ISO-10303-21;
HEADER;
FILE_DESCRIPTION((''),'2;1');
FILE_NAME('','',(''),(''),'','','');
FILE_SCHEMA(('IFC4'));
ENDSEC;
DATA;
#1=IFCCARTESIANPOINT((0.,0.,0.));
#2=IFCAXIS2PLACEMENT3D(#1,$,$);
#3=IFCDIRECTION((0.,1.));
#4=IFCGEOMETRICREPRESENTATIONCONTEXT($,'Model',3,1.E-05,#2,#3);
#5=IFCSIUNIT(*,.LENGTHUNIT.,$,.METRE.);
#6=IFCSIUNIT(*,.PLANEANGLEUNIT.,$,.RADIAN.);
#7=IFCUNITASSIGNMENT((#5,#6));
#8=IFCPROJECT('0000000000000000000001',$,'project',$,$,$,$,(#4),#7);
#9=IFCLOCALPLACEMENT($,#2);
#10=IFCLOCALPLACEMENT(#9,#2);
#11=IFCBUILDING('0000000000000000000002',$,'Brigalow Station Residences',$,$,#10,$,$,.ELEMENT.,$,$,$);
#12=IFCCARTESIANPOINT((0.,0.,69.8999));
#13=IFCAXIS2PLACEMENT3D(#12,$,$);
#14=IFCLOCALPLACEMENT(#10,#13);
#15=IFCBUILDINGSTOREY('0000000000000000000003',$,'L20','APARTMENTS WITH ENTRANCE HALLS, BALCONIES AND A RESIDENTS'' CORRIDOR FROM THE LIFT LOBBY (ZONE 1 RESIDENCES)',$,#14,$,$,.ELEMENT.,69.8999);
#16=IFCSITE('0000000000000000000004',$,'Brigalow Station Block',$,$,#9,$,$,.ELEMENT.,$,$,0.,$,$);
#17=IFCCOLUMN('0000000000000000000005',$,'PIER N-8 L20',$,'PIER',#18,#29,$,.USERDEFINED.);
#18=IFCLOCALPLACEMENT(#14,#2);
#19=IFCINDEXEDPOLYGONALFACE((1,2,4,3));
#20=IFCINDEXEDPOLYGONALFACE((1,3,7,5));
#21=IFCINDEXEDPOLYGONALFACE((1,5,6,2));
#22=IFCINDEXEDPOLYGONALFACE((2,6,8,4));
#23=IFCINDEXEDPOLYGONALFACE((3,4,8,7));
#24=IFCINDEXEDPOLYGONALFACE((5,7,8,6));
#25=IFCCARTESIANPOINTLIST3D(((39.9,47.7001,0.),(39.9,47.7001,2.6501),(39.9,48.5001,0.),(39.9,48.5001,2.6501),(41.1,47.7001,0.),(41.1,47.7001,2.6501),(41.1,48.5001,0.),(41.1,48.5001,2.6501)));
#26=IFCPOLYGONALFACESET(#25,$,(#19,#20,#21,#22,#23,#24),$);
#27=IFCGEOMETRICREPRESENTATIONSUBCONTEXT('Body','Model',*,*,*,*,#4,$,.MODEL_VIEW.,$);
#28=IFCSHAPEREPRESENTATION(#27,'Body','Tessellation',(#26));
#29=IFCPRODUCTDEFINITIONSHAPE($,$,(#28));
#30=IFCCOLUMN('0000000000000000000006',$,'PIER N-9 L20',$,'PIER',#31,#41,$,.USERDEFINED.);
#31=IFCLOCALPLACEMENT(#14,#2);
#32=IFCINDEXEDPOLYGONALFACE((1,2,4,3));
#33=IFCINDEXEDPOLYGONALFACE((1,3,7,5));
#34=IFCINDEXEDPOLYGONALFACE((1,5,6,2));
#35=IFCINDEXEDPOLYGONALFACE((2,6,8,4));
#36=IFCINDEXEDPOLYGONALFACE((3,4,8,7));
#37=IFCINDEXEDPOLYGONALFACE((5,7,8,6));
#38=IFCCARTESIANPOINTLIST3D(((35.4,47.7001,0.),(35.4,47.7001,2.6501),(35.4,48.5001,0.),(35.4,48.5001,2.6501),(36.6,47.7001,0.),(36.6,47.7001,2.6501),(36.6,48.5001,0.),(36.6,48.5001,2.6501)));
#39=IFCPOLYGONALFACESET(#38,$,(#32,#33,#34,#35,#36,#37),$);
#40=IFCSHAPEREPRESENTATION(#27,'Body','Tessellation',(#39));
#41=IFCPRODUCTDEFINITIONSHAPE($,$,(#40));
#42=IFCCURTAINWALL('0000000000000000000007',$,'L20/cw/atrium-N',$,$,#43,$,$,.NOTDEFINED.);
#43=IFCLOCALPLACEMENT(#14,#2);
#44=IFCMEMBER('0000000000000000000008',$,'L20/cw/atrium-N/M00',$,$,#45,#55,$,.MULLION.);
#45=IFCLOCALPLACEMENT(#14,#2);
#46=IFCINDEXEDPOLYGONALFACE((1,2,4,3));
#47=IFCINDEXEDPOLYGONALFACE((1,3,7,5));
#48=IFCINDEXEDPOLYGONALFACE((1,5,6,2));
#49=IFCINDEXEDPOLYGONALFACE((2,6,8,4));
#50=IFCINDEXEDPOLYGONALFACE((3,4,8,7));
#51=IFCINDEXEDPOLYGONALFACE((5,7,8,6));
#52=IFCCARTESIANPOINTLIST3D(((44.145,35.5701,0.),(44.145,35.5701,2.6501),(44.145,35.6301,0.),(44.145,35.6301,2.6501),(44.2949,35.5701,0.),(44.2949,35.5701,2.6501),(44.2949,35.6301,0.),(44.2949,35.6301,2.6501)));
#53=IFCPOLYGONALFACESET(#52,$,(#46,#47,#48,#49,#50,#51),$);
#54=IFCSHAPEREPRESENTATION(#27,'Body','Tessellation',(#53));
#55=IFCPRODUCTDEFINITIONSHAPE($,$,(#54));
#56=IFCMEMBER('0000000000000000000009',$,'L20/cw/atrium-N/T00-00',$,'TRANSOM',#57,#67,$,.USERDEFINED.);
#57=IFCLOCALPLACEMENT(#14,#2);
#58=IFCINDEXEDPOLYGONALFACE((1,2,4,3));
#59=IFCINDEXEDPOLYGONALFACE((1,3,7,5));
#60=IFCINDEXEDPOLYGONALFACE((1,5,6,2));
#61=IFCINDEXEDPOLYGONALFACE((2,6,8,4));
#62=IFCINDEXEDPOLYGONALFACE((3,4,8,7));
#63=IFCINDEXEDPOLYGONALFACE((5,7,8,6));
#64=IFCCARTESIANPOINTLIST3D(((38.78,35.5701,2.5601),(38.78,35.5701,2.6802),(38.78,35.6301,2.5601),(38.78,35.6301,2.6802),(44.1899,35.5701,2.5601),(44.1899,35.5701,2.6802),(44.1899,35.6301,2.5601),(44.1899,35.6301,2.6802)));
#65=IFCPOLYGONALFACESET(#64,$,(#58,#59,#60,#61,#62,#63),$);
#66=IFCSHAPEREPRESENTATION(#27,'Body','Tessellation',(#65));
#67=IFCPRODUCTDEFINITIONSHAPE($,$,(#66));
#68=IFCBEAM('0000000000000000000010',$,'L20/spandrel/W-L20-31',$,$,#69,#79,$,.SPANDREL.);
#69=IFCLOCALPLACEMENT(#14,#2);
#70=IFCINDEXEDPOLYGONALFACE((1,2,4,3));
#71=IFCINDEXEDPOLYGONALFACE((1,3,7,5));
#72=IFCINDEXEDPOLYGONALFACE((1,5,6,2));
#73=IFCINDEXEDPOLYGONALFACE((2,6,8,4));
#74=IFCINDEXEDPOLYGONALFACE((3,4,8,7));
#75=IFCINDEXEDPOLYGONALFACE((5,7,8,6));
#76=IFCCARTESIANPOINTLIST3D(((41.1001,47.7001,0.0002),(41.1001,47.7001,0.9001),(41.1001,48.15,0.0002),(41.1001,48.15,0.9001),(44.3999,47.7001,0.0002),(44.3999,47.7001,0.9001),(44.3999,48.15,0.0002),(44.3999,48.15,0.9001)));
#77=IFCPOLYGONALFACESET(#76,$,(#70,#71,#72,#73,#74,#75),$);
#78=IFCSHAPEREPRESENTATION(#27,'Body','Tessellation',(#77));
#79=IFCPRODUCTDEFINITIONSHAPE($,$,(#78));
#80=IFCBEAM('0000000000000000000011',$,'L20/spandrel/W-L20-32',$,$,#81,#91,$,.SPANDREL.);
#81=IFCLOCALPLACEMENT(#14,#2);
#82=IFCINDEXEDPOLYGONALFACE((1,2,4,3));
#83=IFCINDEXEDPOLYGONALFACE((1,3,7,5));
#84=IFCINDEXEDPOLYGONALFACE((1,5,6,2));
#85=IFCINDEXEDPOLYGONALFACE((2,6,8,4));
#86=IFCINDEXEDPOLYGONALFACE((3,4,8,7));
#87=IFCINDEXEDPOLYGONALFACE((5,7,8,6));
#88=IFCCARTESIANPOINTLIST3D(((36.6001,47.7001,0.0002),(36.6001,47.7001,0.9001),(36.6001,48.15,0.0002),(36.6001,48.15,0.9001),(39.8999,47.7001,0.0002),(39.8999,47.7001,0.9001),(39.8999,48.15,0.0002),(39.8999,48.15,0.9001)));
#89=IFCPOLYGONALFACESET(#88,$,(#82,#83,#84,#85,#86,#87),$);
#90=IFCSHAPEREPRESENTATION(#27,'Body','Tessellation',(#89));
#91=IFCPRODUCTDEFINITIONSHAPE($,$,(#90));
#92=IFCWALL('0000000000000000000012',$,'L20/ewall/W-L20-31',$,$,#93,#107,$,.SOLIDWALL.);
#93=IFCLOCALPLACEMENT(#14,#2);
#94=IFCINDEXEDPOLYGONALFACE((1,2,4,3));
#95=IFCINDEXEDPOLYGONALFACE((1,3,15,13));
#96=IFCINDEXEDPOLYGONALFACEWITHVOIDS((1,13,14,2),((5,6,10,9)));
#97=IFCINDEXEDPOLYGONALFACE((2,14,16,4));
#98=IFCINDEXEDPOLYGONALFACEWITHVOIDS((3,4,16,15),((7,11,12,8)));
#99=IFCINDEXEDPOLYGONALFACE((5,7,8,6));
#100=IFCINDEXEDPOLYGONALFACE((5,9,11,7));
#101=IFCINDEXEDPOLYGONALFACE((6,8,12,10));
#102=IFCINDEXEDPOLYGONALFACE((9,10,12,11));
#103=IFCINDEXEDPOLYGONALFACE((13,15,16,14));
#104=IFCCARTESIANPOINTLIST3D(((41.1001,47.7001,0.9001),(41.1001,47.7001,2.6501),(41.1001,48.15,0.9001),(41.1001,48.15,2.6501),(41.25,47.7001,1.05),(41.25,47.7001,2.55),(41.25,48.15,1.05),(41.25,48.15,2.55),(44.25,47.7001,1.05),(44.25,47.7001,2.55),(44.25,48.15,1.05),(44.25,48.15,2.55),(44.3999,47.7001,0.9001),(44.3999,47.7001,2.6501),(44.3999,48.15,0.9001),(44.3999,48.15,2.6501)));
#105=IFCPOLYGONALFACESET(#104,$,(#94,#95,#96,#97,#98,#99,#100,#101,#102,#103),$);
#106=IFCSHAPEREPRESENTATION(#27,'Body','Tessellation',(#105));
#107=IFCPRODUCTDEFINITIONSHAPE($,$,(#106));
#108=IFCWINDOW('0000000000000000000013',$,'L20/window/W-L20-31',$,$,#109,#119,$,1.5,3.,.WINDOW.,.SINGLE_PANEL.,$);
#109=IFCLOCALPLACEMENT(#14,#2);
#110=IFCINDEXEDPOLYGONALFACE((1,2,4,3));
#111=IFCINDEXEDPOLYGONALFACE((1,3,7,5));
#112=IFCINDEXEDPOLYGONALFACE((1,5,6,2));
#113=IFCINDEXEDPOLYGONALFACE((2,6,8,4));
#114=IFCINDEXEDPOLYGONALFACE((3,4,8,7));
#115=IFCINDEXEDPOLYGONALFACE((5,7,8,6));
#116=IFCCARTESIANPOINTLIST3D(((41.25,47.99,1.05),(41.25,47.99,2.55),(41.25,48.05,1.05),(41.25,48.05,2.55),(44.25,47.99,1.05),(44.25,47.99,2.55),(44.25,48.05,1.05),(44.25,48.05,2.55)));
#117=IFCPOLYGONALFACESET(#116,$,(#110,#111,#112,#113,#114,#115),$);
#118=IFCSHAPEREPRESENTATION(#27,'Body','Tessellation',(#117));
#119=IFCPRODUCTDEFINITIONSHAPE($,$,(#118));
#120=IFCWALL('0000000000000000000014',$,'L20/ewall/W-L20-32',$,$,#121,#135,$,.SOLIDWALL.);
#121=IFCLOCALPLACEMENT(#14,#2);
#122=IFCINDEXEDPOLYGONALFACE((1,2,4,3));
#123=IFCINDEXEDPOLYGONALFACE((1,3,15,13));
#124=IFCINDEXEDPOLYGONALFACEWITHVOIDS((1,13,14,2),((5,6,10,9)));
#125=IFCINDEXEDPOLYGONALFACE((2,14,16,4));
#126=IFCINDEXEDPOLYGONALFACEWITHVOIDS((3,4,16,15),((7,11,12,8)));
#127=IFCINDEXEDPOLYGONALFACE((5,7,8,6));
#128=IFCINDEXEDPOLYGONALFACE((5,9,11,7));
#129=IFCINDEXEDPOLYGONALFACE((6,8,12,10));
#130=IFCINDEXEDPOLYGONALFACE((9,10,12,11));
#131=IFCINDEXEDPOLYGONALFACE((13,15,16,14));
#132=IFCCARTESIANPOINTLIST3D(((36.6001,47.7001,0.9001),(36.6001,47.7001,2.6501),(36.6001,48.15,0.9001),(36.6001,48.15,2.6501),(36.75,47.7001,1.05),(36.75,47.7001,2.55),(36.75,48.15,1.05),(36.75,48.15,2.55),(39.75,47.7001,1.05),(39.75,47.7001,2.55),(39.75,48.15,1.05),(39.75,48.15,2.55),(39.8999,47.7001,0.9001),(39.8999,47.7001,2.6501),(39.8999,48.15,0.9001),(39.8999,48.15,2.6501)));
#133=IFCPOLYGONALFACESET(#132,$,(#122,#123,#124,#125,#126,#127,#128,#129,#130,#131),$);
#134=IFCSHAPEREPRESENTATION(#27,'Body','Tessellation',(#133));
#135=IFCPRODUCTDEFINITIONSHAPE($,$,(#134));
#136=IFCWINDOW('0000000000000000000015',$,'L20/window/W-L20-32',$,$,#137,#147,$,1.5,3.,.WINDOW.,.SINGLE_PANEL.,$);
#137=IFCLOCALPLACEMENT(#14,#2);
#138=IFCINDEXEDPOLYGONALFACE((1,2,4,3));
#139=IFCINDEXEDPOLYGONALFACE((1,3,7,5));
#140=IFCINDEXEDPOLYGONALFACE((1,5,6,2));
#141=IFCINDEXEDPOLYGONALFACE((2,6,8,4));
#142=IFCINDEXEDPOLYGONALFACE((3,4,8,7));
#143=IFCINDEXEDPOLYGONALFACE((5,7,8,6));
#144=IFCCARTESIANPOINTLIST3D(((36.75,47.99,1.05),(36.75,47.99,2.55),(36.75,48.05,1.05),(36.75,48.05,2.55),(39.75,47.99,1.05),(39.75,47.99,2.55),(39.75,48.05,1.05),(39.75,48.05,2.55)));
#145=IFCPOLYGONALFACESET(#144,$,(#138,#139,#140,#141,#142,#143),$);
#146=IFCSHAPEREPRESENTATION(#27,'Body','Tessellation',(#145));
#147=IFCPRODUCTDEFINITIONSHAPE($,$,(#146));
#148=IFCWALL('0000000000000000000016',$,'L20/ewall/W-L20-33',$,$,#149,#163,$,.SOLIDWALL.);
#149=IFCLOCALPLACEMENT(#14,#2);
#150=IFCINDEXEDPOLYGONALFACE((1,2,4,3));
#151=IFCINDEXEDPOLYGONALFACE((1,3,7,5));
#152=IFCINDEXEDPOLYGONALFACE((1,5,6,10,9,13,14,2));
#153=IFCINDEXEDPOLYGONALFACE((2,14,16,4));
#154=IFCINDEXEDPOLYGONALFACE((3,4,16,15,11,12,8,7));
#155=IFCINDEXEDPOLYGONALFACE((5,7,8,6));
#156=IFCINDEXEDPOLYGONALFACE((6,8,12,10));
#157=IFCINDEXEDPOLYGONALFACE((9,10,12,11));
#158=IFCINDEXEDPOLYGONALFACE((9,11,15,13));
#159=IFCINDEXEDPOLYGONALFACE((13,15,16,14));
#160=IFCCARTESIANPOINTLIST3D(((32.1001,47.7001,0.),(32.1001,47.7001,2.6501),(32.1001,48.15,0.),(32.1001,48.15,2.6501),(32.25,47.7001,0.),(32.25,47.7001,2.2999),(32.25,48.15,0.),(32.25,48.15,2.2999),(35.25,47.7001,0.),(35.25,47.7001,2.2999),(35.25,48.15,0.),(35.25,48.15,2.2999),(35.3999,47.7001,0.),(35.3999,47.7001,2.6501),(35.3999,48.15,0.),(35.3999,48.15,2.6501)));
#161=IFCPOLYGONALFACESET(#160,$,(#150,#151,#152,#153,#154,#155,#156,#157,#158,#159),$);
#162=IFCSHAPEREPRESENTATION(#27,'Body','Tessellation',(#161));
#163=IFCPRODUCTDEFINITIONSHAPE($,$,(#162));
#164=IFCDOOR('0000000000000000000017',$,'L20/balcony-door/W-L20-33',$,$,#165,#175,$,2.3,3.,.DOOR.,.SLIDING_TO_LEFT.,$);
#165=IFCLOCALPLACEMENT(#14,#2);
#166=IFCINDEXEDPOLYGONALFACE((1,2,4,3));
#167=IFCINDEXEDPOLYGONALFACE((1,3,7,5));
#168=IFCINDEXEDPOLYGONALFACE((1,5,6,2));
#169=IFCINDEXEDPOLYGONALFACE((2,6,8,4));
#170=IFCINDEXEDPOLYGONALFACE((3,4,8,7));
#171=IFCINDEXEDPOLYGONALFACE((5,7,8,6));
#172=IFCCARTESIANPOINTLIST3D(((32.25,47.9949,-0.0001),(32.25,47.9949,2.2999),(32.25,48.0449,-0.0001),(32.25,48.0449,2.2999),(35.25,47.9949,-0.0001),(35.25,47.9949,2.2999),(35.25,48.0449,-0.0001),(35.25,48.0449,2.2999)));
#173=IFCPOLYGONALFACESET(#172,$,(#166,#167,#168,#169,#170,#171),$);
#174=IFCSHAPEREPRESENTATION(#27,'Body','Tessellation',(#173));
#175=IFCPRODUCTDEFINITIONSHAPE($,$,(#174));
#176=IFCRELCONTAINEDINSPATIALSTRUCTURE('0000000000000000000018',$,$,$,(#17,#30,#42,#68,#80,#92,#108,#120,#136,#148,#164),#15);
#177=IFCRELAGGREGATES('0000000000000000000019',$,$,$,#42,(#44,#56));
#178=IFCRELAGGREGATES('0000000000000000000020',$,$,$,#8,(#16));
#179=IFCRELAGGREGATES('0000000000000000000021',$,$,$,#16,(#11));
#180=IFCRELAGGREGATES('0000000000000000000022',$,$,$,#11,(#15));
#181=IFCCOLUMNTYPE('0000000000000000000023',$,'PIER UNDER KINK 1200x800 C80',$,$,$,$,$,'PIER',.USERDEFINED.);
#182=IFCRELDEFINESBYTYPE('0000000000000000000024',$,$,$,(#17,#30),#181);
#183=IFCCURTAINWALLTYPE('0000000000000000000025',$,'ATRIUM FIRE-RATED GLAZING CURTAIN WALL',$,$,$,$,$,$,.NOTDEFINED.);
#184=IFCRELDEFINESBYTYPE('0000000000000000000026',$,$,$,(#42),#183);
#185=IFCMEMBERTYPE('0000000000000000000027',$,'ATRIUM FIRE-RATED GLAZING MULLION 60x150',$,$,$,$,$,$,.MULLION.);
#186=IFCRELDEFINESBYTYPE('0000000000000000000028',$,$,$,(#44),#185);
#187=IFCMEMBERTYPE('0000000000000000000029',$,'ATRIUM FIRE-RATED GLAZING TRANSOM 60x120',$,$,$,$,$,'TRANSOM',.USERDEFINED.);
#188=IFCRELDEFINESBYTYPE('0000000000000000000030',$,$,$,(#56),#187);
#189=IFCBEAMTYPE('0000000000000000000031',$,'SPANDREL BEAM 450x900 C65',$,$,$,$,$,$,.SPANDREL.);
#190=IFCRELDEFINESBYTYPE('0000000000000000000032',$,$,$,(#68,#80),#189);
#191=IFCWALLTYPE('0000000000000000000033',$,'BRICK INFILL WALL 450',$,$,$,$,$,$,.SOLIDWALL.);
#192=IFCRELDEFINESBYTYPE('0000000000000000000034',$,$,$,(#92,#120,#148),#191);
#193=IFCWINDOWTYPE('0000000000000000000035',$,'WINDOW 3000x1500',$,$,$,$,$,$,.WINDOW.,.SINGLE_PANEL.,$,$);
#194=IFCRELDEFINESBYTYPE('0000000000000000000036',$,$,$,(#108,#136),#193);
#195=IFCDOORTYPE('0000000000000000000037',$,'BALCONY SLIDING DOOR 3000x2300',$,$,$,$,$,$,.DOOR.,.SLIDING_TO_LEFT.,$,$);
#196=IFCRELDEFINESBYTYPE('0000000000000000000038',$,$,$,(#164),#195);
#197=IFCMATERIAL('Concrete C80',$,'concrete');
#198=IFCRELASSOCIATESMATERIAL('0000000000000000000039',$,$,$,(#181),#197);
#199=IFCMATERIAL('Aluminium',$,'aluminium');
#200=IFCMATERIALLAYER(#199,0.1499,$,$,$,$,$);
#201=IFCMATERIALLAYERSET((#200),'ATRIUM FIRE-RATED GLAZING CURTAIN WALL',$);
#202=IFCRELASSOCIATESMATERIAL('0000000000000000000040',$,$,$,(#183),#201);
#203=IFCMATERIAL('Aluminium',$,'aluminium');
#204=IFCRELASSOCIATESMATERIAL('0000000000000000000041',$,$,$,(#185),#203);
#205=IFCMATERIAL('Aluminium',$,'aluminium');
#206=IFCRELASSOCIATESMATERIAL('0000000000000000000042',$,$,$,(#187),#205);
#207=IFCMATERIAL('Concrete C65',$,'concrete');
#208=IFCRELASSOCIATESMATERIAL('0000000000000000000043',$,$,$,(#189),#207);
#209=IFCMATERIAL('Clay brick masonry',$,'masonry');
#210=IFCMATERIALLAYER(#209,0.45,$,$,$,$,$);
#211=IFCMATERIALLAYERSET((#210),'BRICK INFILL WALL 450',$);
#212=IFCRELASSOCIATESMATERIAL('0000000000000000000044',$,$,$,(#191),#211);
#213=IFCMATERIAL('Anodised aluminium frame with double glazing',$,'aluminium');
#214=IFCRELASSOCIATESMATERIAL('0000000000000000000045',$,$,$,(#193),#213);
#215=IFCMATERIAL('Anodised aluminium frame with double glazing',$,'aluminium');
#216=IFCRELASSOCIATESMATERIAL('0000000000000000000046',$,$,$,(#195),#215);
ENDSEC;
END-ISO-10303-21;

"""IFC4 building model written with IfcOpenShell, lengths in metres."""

from ifc_helpers import new_model, si_unit, direction, frame, frame_2d, origin, origin_2d, place, context, subcontext, project, spatial, rectangle, extrude, material, layer, layer_set, material_profile, profile_set, type_object, element, fill, aggregate, save


model = new_model("IFC4")

# Units and contexts
model_context = context("Model", 3, precision=1e-05, world=origin(), true_north=direction((0.0, 1.0)))
body_context = subcontext(model_context, "Body", "Model", "MODEL_VIEW")
ifc_project = project(units=[si_unit("LENGTHUNIT", "METRE"), si_unit("PLANEANGLEUNIT", "RADIAN")], contexts=[model_context])

# Site, building, storey
site_placement = place(None, origin())
site = spatial("IfcSite", under=ifc_project, at=site_placement, Name="Brigalow Station Block", CompositionType="ELEMENT", RefElevation=0.0)
building_placement = place(site_placement, origin())
building = spatial("IfcBuilding", under=site, at=building_placement, Name="Brigalow Station Residences", CompositionType="ELEMENT")
storey_placement = place(building_placement, frame((0.0, 0.0, 69.8999)))
storey = spatial("IfcBuildingStorey", under=building, at=storey_placement, Name="L20", Description="APARTMENTS WITH ENTRANCE HALLS, BALCONIES AND A RESIDENTS' CORRIDOR FROM THE LIFT LOBBY (ZONE 1 RESIDENCES)", CompositionType="ELEMENT", Elevation=69.8999)

# Columns
ifc_material_1 = material(Name="Concrete C80", Category="concrete")
ifc_material_profile_1 = material_profile(ifc_material_1, rectangle(XDim=1.2, YDim=0.8, at=origin_2d()), Name="RC1200x800")
ifc_profile_set_1 = profile_set([ifc_material_profile_1], Name="Concrete C80")
column_type = type_object("IfcColumnType", Name="PIER UNDER KINK 1200x800 C80", ElementType="PIER", PredefinedType="USERDEFINED", material=ifc_profile_set_1)
for number, where, z_axis, x_axis, name in (
    (1, (40.5, 48.1001, 0.0), (0.0, 0.0, 1.0), (-1.0, 0.0, 0.0), "PIER N-8 L20"),
    (2, (36.0, 48.1001, 0.0), (0.0, 0.0, 1.0), (-1.0, 0.0, 0.0), "PIER N-9 L20"),
):
    element("IfcColumn", number, at=place(storey_placement, frame(where, z_axis=z_axis, x_axis=x_axis)), inside=storey, type_object=column_type, Name=name, ObjectType="PIER", PredefinedType="USERDEFINED", context=body_context, shape_type="SweptSolid", body=[
        extrude(rectangle(XDim=1.2, YDim=0.8, at=origin_2d()), origin(), (0.0, 0.0, 1.0), 2.6501),
    ])

# Curtain wall, members
ifc_material_2 = material(Name="Aluminium", Category="aluminium")
ifc_layer_1 = layer(ifc_material_2, 0.1499)
ifc_layer_set_1 = layer_set([ifc_layer_1], Name="ATRIUM FIRE-RATED GLAZING CURTAIN WALL")
curtain_wall_type = type_object("IfcCurtainWallType", Name="ATRIUM FIRE-RATED GLAZING CURTAIN WALL", PredefinedType="NOTDEFINED", material=ifc_layer_set_1)
curtain_wall_placement = place(storey_placement, origin())
curtain_wall = element("IfcCurtainWall", 3, at=curtain_wall_placement, inside=storey, type_object=curtain_wall_type, Name="L20/cw/atrium-N", PredefinedType="NOTDEFINED")
ifc_material_3 = material(Name="Aluminium", Category="aluminium")
ifc_material_profile_2 = material_profile(ifc_material_3, rectangle(XDim=0.0601, YDim=0.1499, at=origin_2d()), Name="ATRIUM FIRE-RATED GLAZING MULLION 60x150")
ifc_profile_set_2 = profile_set([ifc_material_profile_2], Name="Aluminium")
member_type_1 = type_object("IfcMemberType", Name="ATRIUM FIRE-RATED GLAZING MULLION 60x150", PredefinedType="MULLION", material=ifc_profile_set_2)
member_1_placement = place(storey_placement, frame((44.22, 35.6001, 0.0), z_axis=(0.0, 0.0, 1.0), x_axis=(0.0, -1.0, 0.0)))
member_1 = element("IfcMember", 4, at=member_1_placement, type_object=member_type_1, Name="L20/cw/atrium-N/M00", PredefinedType="MULLION", context=body_context, shape_type="SweptSolid", body=[
    extrude(rectangle(XDim=0.0601, YDim=0.1499, at=origin_2d()), origin(), (0.0, 0.0, 1.0), 2.6501),
])
ifc_material_4 = material(Name="Aluminium", Category="aluminium")
ifc_material_profile_3 = material_profile(ifc_material_4, rectangle(XDim=0.0601, YDim=0.1201, at=origin_2d()), Name="ATRIUM FIRE-RATED GLAZING TRANSOM 60x120")
ifc_profile_set_3 = profile_set([ifc_material_profile_3], Name="Aluminium")
member_type_2 = type_object("IfcMemberType", Name="ATRIUM FIRE-RATED GLAZING TRANSOM 60x120", ElementType="TRANSOM", PredefinedType="USERDEFINED", material=ifc_profile_set_3)
member_2_placement = place(storey_placement, frame((44.1899, 35.6001, 2.6201), z_axis=(-1.0, 0.0, 0.0), x_axis=(0.0, -1.0, 0.0)))
member_2 = element("IfcMember", 5, at=member_2_placement, type_object=member_type_2, Name="L20/cw/atrium-N/T00-00", ObjectType="TRANSOM", PredefinedType="USERDEFINED", context=body_context, shape_type="SweptSolid", body=[
    extrude(rectangle(XDim=0.0601, YDim=0.1201, at=origin_2d()), origin(), (0.0, 0.0, 1.0), 5.4099),
])
aggregate(curtain_wall, [member_1, member_2])

# Beams
ifc_material_5 = material(Name="Concrete C65", Category="concrete")
ifc_material_profile_4 = material_profile(ifc_material_5, rectangle(XDim=0.45, YDim=0.8999, at=origin_2d()), Name="RC450x900")
ifc_profile_set_4 = profile_set([ifc_material_profile_4], Name="Concrete C65")
beam_type = type_object("IfcBeamType", Name="SPANDREL BEAM 450x900 C65", PredefinedType="SPANDREL", material=ifc_profile_set_4)
for number, where, z_axis, x_axis, name in (
    (6, (44.3999, 47.925, 0.4502), (-1.0, 0.0, 0.0), (0.0, -1.0, 0.0), "L20/spandrel/W-L20-31"),
    (7, (39.8999, 47.925, 0.4502), (-1.0, 0.0, 0.0), (0.0, -1.0, 0.0), "L20/spandrel/W-L20-32"),
):
    element("IfcBeam", number, at=place(storey_placement, frame(where, z_axis=z_axis, x_axis=x_axis)), inside=storey, type_object=beam_type, Name=name, PredefinedType="SPANDREL", context=body_context, shape_type="SweptSolid", body=[
        extrude(rectangle(XDim=0.45, YDim=0.8999, at=origin_2d()), origin(), (0.0, 0.0, 1.0), 3.2998),
    ])

# Walls, openings, windows
ifc_material_6 = material(Name="Clay brick masonry", Category="masonry")
ifc_layer_2 = layer(ifc_material_6, 0.45)
ifc_layer_set_2 = layer_set([ifc_layer_2], Name="BRICK INFILL WALL 450")
wall_type_1 = type_object("IfcWallType", Name="BRICK INFILL WALL 450", PredefinedType="SOLIDWALL", material=ifc_layer_set_2)
wall_1_placement = place(storey_placement, frame((44.3999, 47.925, 0.9001), z_axis=(0.0, 0.0, 1.0), x_axis=(-1.0, 0.0, 0.0)))
wall_1 = element("IfcWall", 8, at=wall_1_placement, inside=storey, type_object=wall_type_1, Name="L20/ewall/W-L20-31", PredefinedType="SOLIDWALL", context=body_context, shape_type="SweptSolid", body=[
    extrude(rectangle(XDim=3.2998, YDim=0.45, at=frame_2d((1.6499, 0.0))), origin(), (0.0, 0.0, 1.0), 1.75),
])
opening_1_placement = place(wall_1_placement, frame((0.1499, 0.0, 0.1499)))
opening_1 = element("IfcOpeningElement", 9, at=opening_1_placement, cuts=wall_1, PredefinedType="OPENING", context=body_context, shape_type="SweptSolid", body=[
    extrude(rectangle(XDim=3.0, YDim=1.5, at=frame_2d((1.5, 0.75))), frame((0.0, 0.2349, 0.0), z_axis=(0.0, -1.0, 0.0), x_axis=(1.0, 0.0, 0.0)), (0.0, 0.0, 1.0), 0.47),
])
ifc_material_7 = material(Name="Anodised aluminium frame with double glazing", Category="aluminium")
window_type = type_object("IfcWindowType", Name="WINDOW 3000x1500", PartitioningType="SINGLE_PANEL", PredefinedType="WINDOW", material=ifc_material_7)
window_1_placement = place(opening_1_placement, origin())
window_1 = element("IfcWindow", 10, at=window_1_placement, inside=storey, type_object=window_type, Name="L20/window/W-L20-31", OverallHeight=1.5, OverallWidth=3.0, PartitioningType="SINGLE_PANEL", PredefinedType="WINDOW", context=body_context, shape_type="SweptSolid", body=[
    extrude(rectangle(XDim=3.0, YDim=1.5, at=frame_2d((1.5, 0.75))), frame((0.0, -0.0649, 0.0), z_axis=(0.0, -1.0, 0.0), x_axis=(1.0, 0.0, 0.0)), (0.0, 0.0, 1.0), 0.0601),
])
fill(opening_1, window_1)
wall_2_placement = place(storey_placement, frame((39.8999, 47.925, 0.9001), z_axis=(0.0, 0.0, 1.0), x_axis=(-1.0, 0.0, 0.0)))
wall_2 = element("IfcWall", 11, at=wall_2_placement, inside=storey, type_object=wall_type_1, Name="L20/ewall/W-L20-32", PredefinedType="SOLIDWALL", context=body_context, shape_type="SweptSolid", body=[
    extrude(rectangle(XDim=3.2998, YDim=0.45, at=frame_2d((1.6499, 0.0))), origin(), (0.0, 0.0, 1.0), 1.75),
])
opening_2_placement = place(wall_2_placement, frame((0.1499, 0.0, 0.1499)))
opening_2 = element("IfcOpeningElement", 12, at=opening_2_placement, cuts=wall_2, PredefinedType="OPENING", context=body_context, shape_type="SweptSolid", body=[
    extrude(rectangle(XDim=3.0, YDim=1.5, at=frame_2d((1.5, 0.75))), frame((0.0, 0.2349, 0.0), z_axis=(0.0, -1.0, 0.0), x_axis=(1.0, 0.0, 0.0)), (0.0, 0.0, 1.0), 0.47),
])
window_2_placement = place(opening_2_placement, origin())
window_2 = element("IfcWindow", 13, at=window_2_placement, inside=storey, type_object=window_type, Name="L20/window/W-L20-32", OverallHeight=1.5, OverallWidth=3.0, PartitioningType="SINGLE_PANEL", PredefinedType="WINDOW", context=body_context, shape_type="SweptSolid", body=[
    extrude(rectangle(XDim=3.0, YDim=1.5, at=frame_2d((1.5, 0.75))), frame((0.0, -0.0649, 0.0), z_axis=(0.0, -1.0, 0.0), x_axis=(1.0, 0.0, 0.0)), (0.0, 0.0, 1.0), 0.0601),
])
fill(opening_2, window_2)

# Wall, opening, door
wall_3_placement = place(storey_placement, frame((35.3999, 47.925, 0.0), z_axis=(0.0, 0.0, 1.0), x_axis=(-1.0, 0.0, 0.0)))
wall_3 = element("IfcWall", 14, at=wall_3_placement, inside=storey, type_object=wall_type_1, Name="L20/ewall/W-L20-33", PredefinedType="SOLIDWALL", context=body_context, shape_type="SweptSolid", body=[
    extrude(rectangle(XDim=3.2998, YDim=0.45, at=frame_2d((1.6499, 0.0))), origin(), (0.0, 0.0, 1.0), 2.6501),
])
opening_3_placement = place(wall_3_placement, frame((0.1499, 0.0, 0.0)))
opening_3 = element("IfcOpeningElement", 15, at=opening_3_placement, cuts=wall_3, PredefinedType="OPENING", context=body_context, shape_type="SweptSolid", body=[
    extrude(rectangle(XDim=3.0, YDim=2.3, at=frame_2d((1.5, 1.1499))), frame((0.0, 0.2349, 0.0), z_axis=(0.0, -1.0, 0.0), x_axis=(1.0, 0.0, 0.0)), (0.0, 0.0, 1.0), 0.47),
])
ifc_material_8 = material(Name="Anodised aluminium frame with double glazing", Category="aluminium")
door_type_1 = type_object("IfcDoorType", Name="BALCONY SLIDING DOOR 3000x2300", OperationType="SLIDING_TO_LEFT", PredefinedType="DOOR", material=ifc_material_8)
door_1_placement = place(opening_3_placement, origin())
door_1 = element("IfcDoor", 16, at=door_1_placement, inside=storey, type_object=door_type_1, Name="L20/balcony-door/W-L20-33", OperationType="SLIDING_TO_LEFT", OverallHeight=2.3, OverallWidth=3.0, PredefinedType="DOOR", context=body_context, shape_type="SweptSolid", body=[
    extrude(rectangle(XDim=3.0, YDim=2.3, at=frame_2d((1.5, 1.1499))), frame((0.0, -0.0698, 0.0), z_axis=(0.0, -1.0, 0.0), x_axis=(1.0, 0.0, 0.0)), (0.0, 0.0, 1.0), 0.05),
])
fill(opening_3, door_1)

save(model, "model.ifc")
